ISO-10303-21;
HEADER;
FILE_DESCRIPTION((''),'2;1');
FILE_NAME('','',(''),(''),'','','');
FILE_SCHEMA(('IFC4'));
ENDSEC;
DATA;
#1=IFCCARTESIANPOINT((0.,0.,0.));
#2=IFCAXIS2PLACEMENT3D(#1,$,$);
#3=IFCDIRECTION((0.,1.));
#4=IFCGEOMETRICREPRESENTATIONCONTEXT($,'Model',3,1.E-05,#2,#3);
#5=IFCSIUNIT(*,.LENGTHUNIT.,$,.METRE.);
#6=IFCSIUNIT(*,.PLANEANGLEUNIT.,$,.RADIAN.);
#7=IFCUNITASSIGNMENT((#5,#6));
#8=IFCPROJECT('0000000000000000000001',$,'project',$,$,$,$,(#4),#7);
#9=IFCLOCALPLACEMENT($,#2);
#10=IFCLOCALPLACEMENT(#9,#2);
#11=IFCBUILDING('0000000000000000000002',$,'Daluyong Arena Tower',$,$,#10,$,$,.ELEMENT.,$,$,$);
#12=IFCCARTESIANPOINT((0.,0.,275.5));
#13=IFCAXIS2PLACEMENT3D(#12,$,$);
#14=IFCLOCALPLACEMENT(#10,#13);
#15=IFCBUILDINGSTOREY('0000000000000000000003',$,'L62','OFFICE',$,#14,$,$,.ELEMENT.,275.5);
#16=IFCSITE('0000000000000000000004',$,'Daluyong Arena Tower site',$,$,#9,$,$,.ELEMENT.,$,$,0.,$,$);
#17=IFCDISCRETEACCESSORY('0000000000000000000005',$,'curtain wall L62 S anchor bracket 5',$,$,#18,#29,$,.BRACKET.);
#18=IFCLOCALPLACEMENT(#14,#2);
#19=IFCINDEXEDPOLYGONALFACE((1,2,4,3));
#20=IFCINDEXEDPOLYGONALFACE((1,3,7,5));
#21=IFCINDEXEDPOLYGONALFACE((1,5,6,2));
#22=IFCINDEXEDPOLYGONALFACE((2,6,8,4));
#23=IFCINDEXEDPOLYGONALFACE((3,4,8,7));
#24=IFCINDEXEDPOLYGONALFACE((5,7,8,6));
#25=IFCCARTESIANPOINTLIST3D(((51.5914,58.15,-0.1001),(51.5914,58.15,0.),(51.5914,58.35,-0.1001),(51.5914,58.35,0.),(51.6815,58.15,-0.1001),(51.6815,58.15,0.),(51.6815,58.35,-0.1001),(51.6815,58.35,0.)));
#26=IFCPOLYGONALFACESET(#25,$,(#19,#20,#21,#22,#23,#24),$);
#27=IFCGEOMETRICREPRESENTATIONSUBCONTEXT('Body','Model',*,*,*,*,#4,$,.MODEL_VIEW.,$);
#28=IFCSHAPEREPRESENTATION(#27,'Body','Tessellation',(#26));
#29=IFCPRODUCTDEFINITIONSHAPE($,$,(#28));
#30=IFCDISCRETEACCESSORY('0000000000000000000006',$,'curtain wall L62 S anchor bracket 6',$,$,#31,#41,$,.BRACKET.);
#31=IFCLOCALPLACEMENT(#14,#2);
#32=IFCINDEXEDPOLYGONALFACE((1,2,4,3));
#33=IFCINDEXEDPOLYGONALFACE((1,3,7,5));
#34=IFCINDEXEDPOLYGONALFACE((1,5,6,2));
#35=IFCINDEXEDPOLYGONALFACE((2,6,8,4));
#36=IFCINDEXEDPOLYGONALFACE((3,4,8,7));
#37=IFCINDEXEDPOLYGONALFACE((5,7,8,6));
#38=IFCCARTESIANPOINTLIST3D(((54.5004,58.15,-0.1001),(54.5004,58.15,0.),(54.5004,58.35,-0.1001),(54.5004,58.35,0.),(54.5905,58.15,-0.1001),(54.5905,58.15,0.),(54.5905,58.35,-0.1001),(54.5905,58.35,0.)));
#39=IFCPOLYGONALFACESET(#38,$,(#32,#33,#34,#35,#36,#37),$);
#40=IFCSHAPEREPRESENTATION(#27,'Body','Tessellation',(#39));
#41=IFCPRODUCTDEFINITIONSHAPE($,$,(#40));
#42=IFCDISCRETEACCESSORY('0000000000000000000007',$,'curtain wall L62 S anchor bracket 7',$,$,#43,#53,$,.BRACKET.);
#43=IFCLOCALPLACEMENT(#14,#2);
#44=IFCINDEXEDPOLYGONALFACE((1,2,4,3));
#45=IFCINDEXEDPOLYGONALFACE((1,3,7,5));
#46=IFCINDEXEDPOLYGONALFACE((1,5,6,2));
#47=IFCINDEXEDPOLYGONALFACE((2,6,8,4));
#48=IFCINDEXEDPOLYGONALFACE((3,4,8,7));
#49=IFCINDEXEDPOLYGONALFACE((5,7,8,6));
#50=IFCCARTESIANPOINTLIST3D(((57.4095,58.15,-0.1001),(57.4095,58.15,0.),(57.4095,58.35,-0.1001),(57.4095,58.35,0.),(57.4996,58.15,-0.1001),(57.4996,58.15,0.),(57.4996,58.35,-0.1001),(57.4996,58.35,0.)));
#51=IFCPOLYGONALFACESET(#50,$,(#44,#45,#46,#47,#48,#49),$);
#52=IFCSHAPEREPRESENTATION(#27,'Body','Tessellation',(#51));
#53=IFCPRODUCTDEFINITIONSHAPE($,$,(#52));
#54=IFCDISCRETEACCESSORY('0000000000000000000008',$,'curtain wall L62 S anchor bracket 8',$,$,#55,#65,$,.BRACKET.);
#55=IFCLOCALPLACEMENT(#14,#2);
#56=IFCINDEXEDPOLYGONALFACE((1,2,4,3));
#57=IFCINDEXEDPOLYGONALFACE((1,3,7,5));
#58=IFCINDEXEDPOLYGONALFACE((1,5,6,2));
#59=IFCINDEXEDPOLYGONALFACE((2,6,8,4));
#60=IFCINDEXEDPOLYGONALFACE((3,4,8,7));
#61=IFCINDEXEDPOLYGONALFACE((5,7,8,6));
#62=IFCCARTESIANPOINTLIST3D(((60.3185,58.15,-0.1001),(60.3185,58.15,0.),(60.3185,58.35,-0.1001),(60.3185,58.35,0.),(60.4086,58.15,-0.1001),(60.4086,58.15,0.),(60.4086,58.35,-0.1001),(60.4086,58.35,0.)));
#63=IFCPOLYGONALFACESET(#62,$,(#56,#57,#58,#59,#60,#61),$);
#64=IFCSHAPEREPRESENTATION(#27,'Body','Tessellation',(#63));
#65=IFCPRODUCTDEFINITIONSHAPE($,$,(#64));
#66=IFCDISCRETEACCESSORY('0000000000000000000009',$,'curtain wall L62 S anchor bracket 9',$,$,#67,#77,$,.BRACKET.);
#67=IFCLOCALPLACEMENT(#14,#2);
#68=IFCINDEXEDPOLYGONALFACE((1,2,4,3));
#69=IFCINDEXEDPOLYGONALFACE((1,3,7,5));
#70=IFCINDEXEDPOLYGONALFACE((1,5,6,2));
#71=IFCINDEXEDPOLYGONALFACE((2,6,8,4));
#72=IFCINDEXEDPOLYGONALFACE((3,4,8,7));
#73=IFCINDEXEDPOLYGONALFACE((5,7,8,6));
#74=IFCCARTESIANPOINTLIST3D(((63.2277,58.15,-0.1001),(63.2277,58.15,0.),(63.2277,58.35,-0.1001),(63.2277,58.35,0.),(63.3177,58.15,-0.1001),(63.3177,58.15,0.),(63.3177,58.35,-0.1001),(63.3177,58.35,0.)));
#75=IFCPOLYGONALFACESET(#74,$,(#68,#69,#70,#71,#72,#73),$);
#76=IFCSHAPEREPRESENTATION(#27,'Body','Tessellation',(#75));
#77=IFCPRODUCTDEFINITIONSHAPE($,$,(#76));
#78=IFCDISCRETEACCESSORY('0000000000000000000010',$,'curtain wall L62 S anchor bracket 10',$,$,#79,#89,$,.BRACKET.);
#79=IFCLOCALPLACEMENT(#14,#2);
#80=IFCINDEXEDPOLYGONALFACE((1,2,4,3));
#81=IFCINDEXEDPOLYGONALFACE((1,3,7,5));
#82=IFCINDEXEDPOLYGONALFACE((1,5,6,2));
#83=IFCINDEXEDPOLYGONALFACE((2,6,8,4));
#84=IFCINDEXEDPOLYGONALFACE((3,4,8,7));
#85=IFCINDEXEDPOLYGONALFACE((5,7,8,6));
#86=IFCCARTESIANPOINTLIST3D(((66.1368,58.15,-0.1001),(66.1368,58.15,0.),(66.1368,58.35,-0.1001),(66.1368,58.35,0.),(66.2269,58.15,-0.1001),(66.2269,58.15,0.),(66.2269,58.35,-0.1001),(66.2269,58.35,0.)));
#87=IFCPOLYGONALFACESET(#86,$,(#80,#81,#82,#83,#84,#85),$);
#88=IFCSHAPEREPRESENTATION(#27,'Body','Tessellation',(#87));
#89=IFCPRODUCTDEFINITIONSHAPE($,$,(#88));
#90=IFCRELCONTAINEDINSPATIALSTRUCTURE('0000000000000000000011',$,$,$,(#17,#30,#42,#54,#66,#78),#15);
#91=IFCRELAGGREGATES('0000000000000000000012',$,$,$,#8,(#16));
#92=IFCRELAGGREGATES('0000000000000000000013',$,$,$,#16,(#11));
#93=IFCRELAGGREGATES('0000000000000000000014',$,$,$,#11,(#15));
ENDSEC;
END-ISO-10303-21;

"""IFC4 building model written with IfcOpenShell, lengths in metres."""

from ifc_helpers import new_model, si_unit, direction, frame, origin, origin_2d, place, context, subcontext, project, spatial, rectangle, extrude, element, save


model = new_model("IFC4")

# Units and contexts
model_context = context("Model", 3, precision=1e-05, world=origin(), true_north=direction((0.0, 1.0)))
body_context = subcontext(model_context, "Body", "Model", "MODEL_VIEW")
ifc_project = project(units=[si_unit("LENGTHUNIT", "METRE"), si_unit("PLANEANGLEUNIT", "RADIAN")], contexts=[model_context])

# Site, building, storey
site_placement = place(None, origin())
site = spatial("IfcSite", under=ifc_project, at=site_placement, Name="Daluyong Arena Tower site", CompositionType="ELEMENT", RefElevation=0.0)
building_placement = place(site_placement, origin())
building = spatial("IfcBuilding", under=site, at=building_placement, Name="Daluyong Arena Tower", CompositionType="ELEMENT")
storey_placement = place(building_placement, frame((0.0, 0.0, 275.5)))
storey = spatial("IfcBuildingStorey", under=building, at=storey_placement, Name="L62", Description="OFFICE", CompositionType="ELEMENT", Elevation=275.5)

# Discrete accessories
for number, where, z_axis, x_axis, name in (
    (1, (51.6365, 58.25, -0.1001), (0.0, 0.0, 1.0), (1.0, 0.0, 0.0), "curtain wall L62 S anchor bracket 5"),
    (2, (54.5454, 58.25, -0.1001), (0.0, 0.0, 1.0), (1.0, 0.0, 0.0), "curtain wall L62 S anchor bracket 6"),
    (3, (57.4546, 58.25, -0.1001), (0.0, 0.0, 1.0), (1.0, 0.0, 0.0), "curtain wall L62 S anchor bracket 7"),
    (4, (60.3635, 58.25, -0.1001), (0.0, 0.0, 1.0), (1.0, 0.0, 0.0), "curtain wall L62 S anchor bracket 8"),
    (5, (63.2727, 58.25, -0.1001), (0.0, 0.0, 1.0), (1.0, 0.0, 0.0), "curtain wall L62 S anchor bracket 9"),
    (6, (66.1819, 58.25, -0.1001), (0.0, 0.0, 1.0), (1.0, 0.0, 0.0), "curtain wall L62 S anchor bracket 10"),
):
    element("IfcDiscreteAccessory", number, at=place(storey_placement, frame(where, z_axis=z_axis, x_axis=x_axis)), inside=storey, Name=name, PredefinedType="BRACKET", context=body_context, shape_type="SweptSolid", body=[
        extrude(rectangle(XDim=0.0901, YDim=0.2, at=origin_2d()), origin(), (0.0, 0.0, 1.0), 0.1001),
    ])

save(model, "model.ifc")
